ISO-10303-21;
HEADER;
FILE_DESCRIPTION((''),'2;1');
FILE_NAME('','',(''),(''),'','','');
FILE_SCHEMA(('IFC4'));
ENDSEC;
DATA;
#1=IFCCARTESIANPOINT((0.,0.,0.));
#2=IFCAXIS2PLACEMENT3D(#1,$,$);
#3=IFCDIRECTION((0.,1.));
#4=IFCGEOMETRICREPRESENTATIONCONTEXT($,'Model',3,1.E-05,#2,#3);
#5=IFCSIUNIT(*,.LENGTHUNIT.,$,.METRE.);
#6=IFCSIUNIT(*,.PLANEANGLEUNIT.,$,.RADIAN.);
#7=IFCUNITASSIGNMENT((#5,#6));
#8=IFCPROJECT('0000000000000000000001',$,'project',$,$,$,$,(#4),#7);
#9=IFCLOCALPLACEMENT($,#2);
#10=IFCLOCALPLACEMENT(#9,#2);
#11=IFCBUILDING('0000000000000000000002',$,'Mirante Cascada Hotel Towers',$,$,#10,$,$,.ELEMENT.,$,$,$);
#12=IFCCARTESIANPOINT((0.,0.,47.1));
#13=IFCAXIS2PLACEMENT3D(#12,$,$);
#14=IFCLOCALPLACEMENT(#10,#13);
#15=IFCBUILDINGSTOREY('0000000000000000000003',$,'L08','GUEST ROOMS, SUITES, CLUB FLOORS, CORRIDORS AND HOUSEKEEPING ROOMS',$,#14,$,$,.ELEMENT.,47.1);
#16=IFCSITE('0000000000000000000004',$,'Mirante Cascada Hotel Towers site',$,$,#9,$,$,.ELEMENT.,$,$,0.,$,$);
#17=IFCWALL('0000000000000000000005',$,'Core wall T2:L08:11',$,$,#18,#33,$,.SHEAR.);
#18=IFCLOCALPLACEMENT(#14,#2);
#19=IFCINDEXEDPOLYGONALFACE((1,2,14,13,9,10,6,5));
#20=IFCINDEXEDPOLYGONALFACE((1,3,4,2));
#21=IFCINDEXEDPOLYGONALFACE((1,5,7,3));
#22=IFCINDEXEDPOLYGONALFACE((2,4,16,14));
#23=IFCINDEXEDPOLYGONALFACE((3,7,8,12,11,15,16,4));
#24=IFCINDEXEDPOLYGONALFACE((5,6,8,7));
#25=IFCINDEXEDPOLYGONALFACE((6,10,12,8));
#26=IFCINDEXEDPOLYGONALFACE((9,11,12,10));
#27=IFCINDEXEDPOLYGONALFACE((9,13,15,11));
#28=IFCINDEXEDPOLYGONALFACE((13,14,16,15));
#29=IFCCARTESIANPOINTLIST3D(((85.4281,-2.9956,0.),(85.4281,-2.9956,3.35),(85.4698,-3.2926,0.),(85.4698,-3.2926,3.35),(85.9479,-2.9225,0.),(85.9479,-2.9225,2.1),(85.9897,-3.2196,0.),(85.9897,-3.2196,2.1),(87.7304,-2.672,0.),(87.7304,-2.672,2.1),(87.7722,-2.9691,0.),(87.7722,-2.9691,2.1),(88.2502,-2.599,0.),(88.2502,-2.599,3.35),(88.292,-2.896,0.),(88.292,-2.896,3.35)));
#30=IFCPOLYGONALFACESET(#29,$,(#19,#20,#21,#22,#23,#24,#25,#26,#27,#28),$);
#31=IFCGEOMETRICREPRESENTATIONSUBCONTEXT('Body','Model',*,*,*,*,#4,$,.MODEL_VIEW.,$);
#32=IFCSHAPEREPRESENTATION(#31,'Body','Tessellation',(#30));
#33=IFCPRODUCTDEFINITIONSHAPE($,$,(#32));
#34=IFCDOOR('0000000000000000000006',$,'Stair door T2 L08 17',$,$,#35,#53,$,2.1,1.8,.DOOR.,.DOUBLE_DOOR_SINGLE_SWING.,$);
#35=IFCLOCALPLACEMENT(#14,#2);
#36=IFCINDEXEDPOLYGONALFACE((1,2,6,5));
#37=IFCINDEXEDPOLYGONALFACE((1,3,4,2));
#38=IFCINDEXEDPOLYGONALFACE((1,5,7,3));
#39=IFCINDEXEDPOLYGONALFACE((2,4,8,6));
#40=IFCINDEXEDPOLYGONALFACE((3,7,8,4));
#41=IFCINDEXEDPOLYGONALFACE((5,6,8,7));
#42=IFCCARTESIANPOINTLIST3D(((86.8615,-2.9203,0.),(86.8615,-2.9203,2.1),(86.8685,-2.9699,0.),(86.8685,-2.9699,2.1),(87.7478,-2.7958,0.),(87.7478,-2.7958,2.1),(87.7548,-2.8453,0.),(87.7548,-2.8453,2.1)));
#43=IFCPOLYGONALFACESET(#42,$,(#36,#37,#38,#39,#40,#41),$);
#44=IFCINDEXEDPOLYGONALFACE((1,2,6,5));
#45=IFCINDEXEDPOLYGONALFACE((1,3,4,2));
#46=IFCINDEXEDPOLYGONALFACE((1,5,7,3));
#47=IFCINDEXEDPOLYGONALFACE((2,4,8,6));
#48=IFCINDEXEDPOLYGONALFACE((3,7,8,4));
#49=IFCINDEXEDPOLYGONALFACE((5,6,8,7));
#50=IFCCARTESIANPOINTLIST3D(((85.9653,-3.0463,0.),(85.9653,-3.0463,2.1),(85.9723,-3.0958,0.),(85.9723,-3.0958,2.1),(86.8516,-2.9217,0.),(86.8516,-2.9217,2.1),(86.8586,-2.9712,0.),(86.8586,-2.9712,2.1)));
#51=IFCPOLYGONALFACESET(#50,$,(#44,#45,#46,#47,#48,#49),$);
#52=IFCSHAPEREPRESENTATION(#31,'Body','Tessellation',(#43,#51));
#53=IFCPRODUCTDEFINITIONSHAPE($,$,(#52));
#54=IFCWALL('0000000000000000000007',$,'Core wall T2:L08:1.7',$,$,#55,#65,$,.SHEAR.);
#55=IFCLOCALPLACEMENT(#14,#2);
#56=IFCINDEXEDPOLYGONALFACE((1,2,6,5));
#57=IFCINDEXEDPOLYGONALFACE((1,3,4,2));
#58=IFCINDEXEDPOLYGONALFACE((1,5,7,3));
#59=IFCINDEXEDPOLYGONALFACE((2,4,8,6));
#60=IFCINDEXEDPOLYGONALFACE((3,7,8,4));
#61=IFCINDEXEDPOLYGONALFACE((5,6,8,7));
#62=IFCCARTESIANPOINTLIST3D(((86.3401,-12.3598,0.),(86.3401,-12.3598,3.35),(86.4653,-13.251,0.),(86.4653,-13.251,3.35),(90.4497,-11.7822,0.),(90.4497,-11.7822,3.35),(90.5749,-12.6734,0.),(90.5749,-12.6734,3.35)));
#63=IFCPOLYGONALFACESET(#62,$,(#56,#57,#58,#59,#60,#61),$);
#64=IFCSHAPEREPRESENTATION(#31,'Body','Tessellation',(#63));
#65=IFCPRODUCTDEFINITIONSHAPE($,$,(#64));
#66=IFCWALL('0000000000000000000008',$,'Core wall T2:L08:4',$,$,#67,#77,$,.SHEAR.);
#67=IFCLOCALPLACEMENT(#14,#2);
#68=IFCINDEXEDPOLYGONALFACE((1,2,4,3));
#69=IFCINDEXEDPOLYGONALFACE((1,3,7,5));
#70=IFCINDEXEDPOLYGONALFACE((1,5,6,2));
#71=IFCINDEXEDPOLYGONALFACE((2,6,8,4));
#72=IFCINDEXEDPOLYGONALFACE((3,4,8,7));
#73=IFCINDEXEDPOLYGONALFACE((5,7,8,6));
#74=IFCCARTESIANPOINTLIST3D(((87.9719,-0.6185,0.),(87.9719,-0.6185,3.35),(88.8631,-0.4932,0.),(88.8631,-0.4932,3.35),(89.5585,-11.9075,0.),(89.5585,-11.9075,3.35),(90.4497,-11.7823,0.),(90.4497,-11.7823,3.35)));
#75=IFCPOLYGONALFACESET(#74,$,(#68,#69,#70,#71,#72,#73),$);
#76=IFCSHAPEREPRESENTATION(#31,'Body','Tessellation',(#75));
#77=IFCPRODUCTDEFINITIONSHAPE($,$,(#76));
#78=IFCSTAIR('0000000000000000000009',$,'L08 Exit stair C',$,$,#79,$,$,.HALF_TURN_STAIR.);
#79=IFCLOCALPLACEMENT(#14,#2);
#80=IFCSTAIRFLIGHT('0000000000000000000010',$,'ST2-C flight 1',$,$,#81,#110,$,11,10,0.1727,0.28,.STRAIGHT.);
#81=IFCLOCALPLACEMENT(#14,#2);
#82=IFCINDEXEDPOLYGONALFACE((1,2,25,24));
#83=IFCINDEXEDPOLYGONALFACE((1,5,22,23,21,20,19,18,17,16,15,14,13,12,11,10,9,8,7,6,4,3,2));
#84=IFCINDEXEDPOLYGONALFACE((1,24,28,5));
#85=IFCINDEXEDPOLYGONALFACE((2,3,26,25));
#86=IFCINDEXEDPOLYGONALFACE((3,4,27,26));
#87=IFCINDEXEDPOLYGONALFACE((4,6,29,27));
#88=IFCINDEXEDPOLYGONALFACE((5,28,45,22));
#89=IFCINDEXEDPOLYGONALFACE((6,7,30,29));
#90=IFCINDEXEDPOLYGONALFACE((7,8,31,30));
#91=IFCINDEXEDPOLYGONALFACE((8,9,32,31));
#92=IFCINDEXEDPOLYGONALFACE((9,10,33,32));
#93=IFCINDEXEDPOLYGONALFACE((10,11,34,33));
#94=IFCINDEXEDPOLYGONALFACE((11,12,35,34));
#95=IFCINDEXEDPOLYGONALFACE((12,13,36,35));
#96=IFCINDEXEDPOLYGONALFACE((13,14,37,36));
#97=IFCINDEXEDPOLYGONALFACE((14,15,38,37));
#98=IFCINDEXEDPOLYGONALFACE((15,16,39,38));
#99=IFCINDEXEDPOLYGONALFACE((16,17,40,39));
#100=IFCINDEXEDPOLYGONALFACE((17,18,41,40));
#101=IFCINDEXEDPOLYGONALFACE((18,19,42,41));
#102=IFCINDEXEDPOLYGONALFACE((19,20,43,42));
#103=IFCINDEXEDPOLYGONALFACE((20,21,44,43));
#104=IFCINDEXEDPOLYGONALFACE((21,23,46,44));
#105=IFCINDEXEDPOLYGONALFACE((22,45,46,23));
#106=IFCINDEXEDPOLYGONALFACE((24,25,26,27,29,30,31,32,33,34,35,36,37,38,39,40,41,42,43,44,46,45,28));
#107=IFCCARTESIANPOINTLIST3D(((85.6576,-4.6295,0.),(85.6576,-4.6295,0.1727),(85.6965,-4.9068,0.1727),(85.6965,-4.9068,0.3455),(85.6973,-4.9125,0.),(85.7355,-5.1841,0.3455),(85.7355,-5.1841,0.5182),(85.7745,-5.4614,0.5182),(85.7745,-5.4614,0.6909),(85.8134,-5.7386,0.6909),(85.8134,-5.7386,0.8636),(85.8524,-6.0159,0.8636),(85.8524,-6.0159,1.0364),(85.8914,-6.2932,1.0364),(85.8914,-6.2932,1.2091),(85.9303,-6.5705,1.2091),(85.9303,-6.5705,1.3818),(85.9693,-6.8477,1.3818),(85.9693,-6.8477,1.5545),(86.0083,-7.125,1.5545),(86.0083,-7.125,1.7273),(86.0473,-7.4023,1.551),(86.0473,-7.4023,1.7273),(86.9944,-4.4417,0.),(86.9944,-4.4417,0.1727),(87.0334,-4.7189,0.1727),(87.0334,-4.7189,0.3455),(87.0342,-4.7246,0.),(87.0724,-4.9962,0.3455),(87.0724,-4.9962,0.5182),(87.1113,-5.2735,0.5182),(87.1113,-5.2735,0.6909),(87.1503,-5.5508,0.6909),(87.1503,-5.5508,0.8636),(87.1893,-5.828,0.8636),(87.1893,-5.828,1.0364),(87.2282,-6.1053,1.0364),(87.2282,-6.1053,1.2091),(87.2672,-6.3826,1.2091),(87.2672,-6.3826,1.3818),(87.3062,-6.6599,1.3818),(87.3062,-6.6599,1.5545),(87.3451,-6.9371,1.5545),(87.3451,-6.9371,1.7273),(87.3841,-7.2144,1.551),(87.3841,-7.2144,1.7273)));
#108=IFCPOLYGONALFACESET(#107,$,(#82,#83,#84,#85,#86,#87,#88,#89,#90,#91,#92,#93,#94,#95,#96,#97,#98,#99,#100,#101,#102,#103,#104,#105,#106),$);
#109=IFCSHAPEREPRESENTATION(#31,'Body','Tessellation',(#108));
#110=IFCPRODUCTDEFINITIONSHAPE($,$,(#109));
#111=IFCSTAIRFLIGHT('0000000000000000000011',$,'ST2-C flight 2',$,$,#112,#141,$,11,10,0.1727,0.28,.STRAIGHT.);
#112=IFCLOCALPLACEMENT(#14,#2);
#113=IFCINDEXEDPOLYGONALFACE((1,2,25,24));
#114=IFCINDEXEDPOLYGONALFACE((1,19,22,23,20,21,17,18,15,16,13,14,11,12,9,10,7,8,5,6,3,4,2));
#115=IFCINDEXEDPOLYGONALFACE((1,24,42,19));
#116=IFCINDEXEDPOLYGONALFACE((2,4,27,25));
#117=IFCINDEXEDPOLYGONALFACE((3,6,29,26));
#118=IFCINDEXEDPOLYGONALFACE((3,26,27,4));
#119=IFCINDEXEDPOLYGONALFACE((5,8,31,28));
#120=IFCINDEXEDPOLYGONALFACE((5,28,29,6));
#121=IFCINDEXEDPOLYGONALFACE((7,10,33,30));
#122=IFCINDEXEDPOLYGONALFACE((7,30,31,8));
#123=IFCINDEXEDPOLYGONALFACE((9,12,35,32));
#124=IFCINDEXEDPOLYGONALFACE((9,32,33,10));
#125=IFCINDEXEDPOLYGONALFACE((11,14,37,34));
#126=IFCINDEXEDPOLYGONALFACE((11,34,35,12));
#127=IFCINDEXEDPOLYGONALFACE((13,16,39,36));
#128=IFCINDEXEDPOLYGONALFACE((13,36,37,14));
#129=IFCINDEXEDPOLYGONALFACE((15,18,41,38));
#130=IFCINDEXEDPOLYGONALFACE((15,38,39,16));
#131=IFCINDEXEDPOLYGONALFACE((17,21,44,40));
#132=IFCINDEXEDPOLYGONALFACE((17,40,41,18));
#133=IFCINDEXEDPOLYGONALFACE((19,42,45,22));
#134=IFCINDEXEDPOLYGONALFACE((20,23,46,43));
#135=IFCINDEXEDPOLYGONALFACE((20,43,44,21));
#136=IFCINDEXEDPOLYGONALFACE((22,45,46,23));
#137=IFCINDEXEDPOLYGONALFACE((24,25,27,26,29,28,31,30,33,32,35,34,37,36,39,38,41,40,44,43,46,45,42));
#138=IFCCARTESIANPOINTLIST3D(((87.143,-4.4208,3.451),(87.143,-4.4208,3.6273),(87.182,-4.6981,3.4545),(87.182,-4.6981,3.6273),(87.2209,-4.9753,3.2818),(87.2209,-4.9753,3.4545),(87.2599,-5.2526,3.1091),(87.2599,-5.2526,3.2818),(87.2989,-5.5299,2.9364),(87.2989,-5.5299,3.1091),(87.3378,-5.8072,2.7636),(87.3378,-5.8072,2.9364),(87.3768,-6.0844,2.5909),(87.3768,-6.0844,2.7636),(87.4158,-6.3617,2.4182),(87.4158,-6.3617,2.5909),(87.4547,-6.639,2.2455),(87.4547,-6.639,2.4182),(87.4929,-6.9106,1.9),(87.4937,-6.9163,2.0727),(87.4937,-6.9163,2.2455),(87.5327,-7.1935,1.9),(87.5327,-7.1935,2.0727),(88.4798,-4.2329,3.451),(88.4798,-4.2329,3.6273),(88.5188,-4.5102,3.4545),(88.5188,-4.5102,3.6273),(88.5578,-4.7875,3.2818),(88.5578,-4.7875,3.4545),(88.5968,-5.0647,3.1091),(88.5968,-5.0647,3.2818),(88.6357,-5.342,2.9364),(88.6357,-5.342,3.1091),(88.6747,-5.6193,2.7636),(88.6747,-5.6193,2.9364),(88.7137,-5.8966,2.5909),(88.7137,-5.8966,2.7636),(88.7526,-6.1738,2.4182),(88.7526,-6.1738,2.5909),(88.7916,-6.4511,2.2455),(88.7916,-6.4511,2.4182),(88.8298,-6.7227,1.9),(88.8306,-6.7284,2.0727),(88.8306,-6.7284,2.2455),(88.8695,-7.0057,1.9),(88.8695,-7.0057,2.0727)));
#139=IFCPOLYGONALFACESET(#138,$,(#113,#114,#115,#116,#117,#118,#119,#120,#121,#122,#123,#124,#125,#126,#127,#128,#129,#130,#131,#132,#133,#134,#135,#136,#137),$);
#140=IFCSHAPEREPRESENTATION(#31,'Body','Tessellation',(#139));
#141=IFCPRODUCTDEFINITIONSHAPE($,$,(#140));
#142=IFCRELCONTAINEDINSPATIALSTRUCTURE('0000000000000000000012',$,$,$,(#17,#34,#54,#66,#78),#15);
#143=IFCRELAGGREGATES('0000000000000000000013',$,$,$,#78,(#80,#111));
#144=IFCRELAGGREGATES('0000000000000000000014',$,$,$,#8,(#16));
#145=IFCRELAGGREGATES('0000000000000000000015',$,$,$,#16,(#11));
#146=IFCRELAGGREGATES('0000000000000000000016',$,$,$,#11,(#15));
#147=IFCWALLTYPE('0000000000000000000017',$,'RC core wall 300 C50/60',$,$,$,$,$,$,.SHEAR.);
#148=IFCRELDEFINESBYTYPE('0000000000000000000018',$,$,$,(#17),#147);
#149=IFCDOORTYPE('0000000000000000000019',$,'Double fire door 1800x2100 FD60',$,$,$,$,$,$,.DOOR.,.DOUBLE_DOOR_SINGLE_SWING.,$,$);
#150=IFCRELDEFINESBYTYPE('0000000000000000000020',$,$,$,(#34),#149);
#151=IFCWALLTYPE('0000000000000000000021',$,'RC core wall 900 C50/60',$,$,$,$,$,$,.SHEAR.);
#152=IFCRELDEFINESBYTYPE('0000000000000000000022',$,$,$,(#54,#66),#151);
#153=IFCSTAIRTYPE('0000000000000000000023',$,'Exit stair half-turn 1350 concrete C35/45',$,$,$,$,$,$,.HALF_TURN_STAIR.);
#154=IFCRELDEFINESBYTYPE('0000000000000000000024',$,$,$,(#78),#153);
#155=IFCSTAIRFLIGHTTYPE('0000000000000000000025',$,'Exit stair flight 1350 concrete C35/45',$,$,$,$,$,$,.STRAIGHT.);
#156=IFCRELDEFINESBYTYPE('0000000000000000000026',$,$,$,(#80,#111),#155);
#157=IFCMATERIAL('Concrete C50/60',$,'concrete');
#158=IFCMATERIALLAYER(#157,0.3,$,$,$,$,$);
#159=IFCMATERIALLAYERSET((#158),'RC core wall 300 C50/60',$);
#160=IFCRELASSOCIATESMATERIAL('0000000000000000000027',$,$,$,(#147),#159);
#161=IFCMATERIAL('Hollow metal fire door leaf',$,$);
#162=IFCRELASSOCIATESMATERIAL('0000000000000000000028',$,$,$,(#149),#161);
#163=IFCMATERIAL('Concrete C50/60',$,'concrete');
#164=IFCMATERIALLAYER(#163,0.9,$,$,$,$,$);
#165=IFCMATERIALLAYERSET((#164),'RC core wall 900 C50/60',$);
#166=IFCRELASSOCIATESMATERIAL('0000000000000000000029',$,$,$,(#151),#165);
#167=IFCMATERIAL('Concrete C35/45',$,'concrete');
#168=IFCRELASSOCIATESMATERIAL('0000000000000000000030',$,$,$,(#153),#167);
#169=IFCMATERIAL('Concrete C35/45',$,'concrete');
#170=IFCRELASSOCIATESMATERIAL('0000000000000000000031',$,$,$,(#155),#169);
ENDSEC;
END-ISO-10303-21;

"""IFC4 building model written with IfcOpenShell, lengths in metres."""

from ifc_helpers import new_model, si_unit, direction, frame, frame_2d, origin, place, context, subcontext, project, spatial, polyline, rectangle, outline, extrude, material, layer, layer_set, type_object, element, fill, aggregate, save


model = new_model("IFC4")

# Units and contexts
model_context = context("Model", 3, precision=1e-05, world=origin(), true_north=direction((0.0, 1.0)))
body_context = subcontext(model_context, "Body", "Model", "MODEL_VIEW")
ifc_project = project(units=[si_unit("LENGTHUNIT", "METRE"), si_unit("PLANEANGLEUNIT", "RADIAN")], contexts=[model_context])

# Site, building, storey
site_placement = place(None, origin())
site = spatial("IfcSite", under=ifc_project, at=site_placement, Name="Mirante Cascada Hotel Towers site", CompositionType="ELEMENT", RefElevation=0.0)
building_placement = place(site_placement, origin())
building = spatial("IfcBuilding", under=site, at=building_placement, Name="Mirante Cascada Hotel Towers", CompositionType="ELEMENT")
storey_placement = place(building_placement, frame((0.0, 0.0, 47.1)))
storey = spatial("IfcBuildingStorey", under=building, at=storey_placement, Name="L08", Description="GUEST ROOMS, SUITES, CLUB FLOORS, CORRIDORS AND HOUSEKEEPING ROOMS", CompositionType="ELEMENT", Elevation=47.1)

# Shared definitions
ifc_material_1 = material(Name="Concrete C50/60", Category="concrete")
ifc_layer_1 = layer(ifc_material_1, 0.3)
ifc_layer_set_1 = layer_set([ifc_layer_1], Name="RC core wall 300 C50/60")
wall_type_1 = type_object("IfcWallType", Name="RC core wall 300 C50/60", PredefinedType="SHEAR", material=ifc_layer_set_1)

# Wall, opening, door
wall_1_placement = place(storey_placement, frame((85.4489, -3.1441, 0.0), z_axis=(0.0, 0.0, 1.0), x_axis=(0.99027, 0.139161, 0.0)))
wall_1 = element("IfcWall", 1, at=wall_1_placement, inside=storey, type_object=wall_type_1, Name="Core wall T2:L08:11", PredefinedType="SHEAR", context=body_context, shape_type="SweptSolid", body=[
    extrude(rectangle(XDim=2.8499, YDim=0.3, at=frame_2d((1.425, 0.0))), origin(), (0.0, 0.0, 1.0), 3.35),
])
opening_1_placement = place(wall_1_placement, frame((0.525, 0.0, 0.0)))
opening_1 = element("IfcOpeningElement", 2, at=opening_1_placement, cuts=wall_1, PredefinedType="OPENING", context=body_context, shape_type="SweptSolid", body=[
    extrude(rectangle(XDim=1.8, YDim=2.1, at=frame_2d((0.9, 1.05))), frame((0.0, 0.15, 0.0), z_axis=(0.0, -1.0, 0.0), x_axis=(1.0, 0.0, 0.0)), (0.0, 0.0, 1.0), 0.3),
])
ifc_material_2 = material(Name="Hollow metal fire door leaf")
door_type_1 = type_object("IfcDoorType", Name="Double fire door 1800x2100 FD60", OperationType="DOUBLE_DOOR_SINGLE_SWING", PredefinedType="DOOR", material=ifc_material_2)
door_1_placement = place(opening_1_placement, frame((1.8, 0.0, 0.0), z_axis=(0.0, 0.0, 1.0), x_axis=(-1.0, 0.0, 0.0)))
door_1 = element("IfcDoor", 3, at=door_1_placement, inside=storey, type_object=door_type_1, Name="Stair door T2 L08 17", OperationType="DOUBLE_DOOR_SINGLE_SWING", OverallHeight=2.1, OverallWidth=1.8, PredefinedType="DOOR", context=body_context, shape_type="SweptSolid", body=[
    extrude(rectangle(XDim=0.895, YDim=2.1, at=frame_2d((0.4475, 1.05))), frame((0.0, 0.025, 0.0), z_axis=(0.0, -1.0, 0.0), x_axis=(1.0, 0.0, 0.0)), (0.0, 0.0, 1.0), 0.05),
    extrude(rectangle(XDim=0.895, YDim=2.1, at=frame_2d((1.3525, 1.05))), frame((0.0, 0.025, 0.0), z_axis=(0.0, -1.0, 0.0), x_axis=(1.0, 0.0, 0.0)), (0.0, 0.0, 1.0), 0.05),
])
fill(opening_1, door_1)

# Walls
ifc_material_3 = material(Name="Concrete C50/60", Category="concrete")
ifc_layer_2 = layer(ifc_material_3, 0.9)
ifc_layer_set_2 = layer_set([ifc_layer_2], Name="RC core wall 900 C50/60")
wall_type_2 = type_object("IfcWallType", Name="RC core wall 900 C50/60", PredefinedType="SHEAR", material=ifc_layer_set_2)
wall_2_placement = place(storey_placement, frame((86.4027, -12.8054, 0.0), z_axis=(0.0, 0.0, 1.0), x_axis=(0.990267, 0.139181, 0.0)))
element("IfcWall", 4, at=wall_2_placement, inside=storey, type_object=wall_type_2, Name="Core wall T2:L08:1.7", PredefinedType="SHEAR", context=body_context, shape_type="SweptSolid", body=[
    extrude(rectangle(XDim=4.15, YDim=0.9, at=frame_2d((2.075, 0.0))), origin(), (0.0, 0.0, 1.0), 3.35),
])
wall_3_placement = place(storey_placement, frame((90.0041, -11.8449, 0.0), z_axis=(0.0, 0.0, 1.0), x_axis=(-0.139175, 0.990268, 0.0)))
element("IfcWall", 5, at=wall_3_placement, inside=storey, type_object=wall_type_2, Name="Core wall T2:L08:4", PredefinedType="SHEAR", context=body_context, shape_type="SweptSolid", body=[
    extrude(rectangle(XDim=11.4, YDim=0.9, at=frame_2d((5.7, 0.0))), origin(), (0.0, 0.0, 1.0), 3.35),
])

# Stair, stair flights
ifc_material_4 = material(Name="Concrete C35/45", Category="concrete")
stair_type = type_object("IfcStairType", Name="Exit stair half-turn 1350 concrete C35/45", PredefinedType="HALF_TURN_STAIR", material=ifc_material_4)
stair_placement = place(storey_placement, origin())
stair = element("IfcStair", 6, at=stair_placement, inside=storey, type_object=stair_type, Name="L08 Exit stair C", PredefinedType="HALF_TURN_STAIR")
ifc_material_5 = material(Name="Concrete C35/45", Category="concrete")
stair_flight_type = type_object("IfcStairFlightType", Name="Exit stair flight 1350 concrete C35/45", PredefinedType="STRAIGHT", material=ifc_material_5)
stair_flight_1_placement = place(storey_placement, frame((86.326, -4.5356, 0.0), z_axis=(0.0, 0.0, 1.0), x_axis=(0.139173, -0.990268, 0.0)))
stair_flight_1 = element("IfcStairFlight", 7, at=stair_flight_1_placement, type_object=stair_flight_type, Name="ST2-C flight 1", NumberOfRisers=11, NumberOfTreads=10, PredefinedType="STRAIGHT", RiserHeight=0.1727, TreadLength=0.28, context=body_context, shape_type="SweptSolid", body=[
    extrude(outline(polyline([(0.0, 0.0), (0.0, 0.1727), (0.28, 0.1727), (0.28, 0.3455), (0.56, 0.3455), (0.56, 0.5182), (0.84, 0.5182), (0.84, 0.6909), (1.12, 0.6909), (1.12, 0.8636), (1.4, 0.8636), (1.4, 1.0364), (1.68, 1.0364), (1.68, 1.2091), (1.96, 1.2091), (1.96, 1.3818), (2.24, 1.3818), (2.24, 1.5545), (2.52, 1.5545), (2.52, 1.7273), (2.8, 1.7273), (2.8, 1.9), (2.8, 1.551), (0.2857, 0.0), (0.0, 0.0)])), frame((0.0, 0.675, 0.0), z_axis=(0.0, -1.0, 0.0), x_axis=(1.0, 0.0, 0.0)), (0.0, 0.0, 1.0), 1.35),
])
stair_flight_2_placement = place(storey_placement, frame((88.2011, -7.0996, 1.9), z_axis=(0.0, 0.0, 1.0), x_axis=(-0.139173, 0.990268, 0.0)))
stair_flight_2 = element("IfcStairFlight", 8, at=stair_flight_2_placement, type_object=stair_flight_type, Name="ST2-C flight 2", NumberOfRisers=11, NumberOfTreads=10, PredefinedType="STRAIGHT", RiserHeight=0.1727, TreadLength=0.28, context=body_context, shape_type="SweptSolid", body=[
    extrude(outline(polyline([(0.0, 0.0), (0.0, 0.1727), (0.28, 0.1727), (0.28, 0.3455), (0.56, 0.3455), (0.56, 0.5182), (0.84, 0.5182), (0.84, 0.6909), (1.12, 0.6909), (1.12, 0.8636), (1.4, 0.8636), (1.4, 1.0364), (1.68, 1.0364), (1.68, 1.2091), (1.96, 1.2091), (1.96, 1.3818), (2.24, 1.3818), (2.24, 1.5545), (2.52, 1.5545), (2.52, 1.7273), (2.8, 1.7273), (2.8, 1.9), (2.8, 1.551), (0.2857, 0.0), (0.0, 0.0)])), frame((0.0, 0.675, 0.0), z_axis=(0.0, -1.0, 0.0), x_axis=(1.0, 0.0, 0.0)), (0.0, 0.0, 1.0), 1.35),
])
aggregate(stair, [stair_flight_1, stair_flight_2])

save(model, "model.ifc")
